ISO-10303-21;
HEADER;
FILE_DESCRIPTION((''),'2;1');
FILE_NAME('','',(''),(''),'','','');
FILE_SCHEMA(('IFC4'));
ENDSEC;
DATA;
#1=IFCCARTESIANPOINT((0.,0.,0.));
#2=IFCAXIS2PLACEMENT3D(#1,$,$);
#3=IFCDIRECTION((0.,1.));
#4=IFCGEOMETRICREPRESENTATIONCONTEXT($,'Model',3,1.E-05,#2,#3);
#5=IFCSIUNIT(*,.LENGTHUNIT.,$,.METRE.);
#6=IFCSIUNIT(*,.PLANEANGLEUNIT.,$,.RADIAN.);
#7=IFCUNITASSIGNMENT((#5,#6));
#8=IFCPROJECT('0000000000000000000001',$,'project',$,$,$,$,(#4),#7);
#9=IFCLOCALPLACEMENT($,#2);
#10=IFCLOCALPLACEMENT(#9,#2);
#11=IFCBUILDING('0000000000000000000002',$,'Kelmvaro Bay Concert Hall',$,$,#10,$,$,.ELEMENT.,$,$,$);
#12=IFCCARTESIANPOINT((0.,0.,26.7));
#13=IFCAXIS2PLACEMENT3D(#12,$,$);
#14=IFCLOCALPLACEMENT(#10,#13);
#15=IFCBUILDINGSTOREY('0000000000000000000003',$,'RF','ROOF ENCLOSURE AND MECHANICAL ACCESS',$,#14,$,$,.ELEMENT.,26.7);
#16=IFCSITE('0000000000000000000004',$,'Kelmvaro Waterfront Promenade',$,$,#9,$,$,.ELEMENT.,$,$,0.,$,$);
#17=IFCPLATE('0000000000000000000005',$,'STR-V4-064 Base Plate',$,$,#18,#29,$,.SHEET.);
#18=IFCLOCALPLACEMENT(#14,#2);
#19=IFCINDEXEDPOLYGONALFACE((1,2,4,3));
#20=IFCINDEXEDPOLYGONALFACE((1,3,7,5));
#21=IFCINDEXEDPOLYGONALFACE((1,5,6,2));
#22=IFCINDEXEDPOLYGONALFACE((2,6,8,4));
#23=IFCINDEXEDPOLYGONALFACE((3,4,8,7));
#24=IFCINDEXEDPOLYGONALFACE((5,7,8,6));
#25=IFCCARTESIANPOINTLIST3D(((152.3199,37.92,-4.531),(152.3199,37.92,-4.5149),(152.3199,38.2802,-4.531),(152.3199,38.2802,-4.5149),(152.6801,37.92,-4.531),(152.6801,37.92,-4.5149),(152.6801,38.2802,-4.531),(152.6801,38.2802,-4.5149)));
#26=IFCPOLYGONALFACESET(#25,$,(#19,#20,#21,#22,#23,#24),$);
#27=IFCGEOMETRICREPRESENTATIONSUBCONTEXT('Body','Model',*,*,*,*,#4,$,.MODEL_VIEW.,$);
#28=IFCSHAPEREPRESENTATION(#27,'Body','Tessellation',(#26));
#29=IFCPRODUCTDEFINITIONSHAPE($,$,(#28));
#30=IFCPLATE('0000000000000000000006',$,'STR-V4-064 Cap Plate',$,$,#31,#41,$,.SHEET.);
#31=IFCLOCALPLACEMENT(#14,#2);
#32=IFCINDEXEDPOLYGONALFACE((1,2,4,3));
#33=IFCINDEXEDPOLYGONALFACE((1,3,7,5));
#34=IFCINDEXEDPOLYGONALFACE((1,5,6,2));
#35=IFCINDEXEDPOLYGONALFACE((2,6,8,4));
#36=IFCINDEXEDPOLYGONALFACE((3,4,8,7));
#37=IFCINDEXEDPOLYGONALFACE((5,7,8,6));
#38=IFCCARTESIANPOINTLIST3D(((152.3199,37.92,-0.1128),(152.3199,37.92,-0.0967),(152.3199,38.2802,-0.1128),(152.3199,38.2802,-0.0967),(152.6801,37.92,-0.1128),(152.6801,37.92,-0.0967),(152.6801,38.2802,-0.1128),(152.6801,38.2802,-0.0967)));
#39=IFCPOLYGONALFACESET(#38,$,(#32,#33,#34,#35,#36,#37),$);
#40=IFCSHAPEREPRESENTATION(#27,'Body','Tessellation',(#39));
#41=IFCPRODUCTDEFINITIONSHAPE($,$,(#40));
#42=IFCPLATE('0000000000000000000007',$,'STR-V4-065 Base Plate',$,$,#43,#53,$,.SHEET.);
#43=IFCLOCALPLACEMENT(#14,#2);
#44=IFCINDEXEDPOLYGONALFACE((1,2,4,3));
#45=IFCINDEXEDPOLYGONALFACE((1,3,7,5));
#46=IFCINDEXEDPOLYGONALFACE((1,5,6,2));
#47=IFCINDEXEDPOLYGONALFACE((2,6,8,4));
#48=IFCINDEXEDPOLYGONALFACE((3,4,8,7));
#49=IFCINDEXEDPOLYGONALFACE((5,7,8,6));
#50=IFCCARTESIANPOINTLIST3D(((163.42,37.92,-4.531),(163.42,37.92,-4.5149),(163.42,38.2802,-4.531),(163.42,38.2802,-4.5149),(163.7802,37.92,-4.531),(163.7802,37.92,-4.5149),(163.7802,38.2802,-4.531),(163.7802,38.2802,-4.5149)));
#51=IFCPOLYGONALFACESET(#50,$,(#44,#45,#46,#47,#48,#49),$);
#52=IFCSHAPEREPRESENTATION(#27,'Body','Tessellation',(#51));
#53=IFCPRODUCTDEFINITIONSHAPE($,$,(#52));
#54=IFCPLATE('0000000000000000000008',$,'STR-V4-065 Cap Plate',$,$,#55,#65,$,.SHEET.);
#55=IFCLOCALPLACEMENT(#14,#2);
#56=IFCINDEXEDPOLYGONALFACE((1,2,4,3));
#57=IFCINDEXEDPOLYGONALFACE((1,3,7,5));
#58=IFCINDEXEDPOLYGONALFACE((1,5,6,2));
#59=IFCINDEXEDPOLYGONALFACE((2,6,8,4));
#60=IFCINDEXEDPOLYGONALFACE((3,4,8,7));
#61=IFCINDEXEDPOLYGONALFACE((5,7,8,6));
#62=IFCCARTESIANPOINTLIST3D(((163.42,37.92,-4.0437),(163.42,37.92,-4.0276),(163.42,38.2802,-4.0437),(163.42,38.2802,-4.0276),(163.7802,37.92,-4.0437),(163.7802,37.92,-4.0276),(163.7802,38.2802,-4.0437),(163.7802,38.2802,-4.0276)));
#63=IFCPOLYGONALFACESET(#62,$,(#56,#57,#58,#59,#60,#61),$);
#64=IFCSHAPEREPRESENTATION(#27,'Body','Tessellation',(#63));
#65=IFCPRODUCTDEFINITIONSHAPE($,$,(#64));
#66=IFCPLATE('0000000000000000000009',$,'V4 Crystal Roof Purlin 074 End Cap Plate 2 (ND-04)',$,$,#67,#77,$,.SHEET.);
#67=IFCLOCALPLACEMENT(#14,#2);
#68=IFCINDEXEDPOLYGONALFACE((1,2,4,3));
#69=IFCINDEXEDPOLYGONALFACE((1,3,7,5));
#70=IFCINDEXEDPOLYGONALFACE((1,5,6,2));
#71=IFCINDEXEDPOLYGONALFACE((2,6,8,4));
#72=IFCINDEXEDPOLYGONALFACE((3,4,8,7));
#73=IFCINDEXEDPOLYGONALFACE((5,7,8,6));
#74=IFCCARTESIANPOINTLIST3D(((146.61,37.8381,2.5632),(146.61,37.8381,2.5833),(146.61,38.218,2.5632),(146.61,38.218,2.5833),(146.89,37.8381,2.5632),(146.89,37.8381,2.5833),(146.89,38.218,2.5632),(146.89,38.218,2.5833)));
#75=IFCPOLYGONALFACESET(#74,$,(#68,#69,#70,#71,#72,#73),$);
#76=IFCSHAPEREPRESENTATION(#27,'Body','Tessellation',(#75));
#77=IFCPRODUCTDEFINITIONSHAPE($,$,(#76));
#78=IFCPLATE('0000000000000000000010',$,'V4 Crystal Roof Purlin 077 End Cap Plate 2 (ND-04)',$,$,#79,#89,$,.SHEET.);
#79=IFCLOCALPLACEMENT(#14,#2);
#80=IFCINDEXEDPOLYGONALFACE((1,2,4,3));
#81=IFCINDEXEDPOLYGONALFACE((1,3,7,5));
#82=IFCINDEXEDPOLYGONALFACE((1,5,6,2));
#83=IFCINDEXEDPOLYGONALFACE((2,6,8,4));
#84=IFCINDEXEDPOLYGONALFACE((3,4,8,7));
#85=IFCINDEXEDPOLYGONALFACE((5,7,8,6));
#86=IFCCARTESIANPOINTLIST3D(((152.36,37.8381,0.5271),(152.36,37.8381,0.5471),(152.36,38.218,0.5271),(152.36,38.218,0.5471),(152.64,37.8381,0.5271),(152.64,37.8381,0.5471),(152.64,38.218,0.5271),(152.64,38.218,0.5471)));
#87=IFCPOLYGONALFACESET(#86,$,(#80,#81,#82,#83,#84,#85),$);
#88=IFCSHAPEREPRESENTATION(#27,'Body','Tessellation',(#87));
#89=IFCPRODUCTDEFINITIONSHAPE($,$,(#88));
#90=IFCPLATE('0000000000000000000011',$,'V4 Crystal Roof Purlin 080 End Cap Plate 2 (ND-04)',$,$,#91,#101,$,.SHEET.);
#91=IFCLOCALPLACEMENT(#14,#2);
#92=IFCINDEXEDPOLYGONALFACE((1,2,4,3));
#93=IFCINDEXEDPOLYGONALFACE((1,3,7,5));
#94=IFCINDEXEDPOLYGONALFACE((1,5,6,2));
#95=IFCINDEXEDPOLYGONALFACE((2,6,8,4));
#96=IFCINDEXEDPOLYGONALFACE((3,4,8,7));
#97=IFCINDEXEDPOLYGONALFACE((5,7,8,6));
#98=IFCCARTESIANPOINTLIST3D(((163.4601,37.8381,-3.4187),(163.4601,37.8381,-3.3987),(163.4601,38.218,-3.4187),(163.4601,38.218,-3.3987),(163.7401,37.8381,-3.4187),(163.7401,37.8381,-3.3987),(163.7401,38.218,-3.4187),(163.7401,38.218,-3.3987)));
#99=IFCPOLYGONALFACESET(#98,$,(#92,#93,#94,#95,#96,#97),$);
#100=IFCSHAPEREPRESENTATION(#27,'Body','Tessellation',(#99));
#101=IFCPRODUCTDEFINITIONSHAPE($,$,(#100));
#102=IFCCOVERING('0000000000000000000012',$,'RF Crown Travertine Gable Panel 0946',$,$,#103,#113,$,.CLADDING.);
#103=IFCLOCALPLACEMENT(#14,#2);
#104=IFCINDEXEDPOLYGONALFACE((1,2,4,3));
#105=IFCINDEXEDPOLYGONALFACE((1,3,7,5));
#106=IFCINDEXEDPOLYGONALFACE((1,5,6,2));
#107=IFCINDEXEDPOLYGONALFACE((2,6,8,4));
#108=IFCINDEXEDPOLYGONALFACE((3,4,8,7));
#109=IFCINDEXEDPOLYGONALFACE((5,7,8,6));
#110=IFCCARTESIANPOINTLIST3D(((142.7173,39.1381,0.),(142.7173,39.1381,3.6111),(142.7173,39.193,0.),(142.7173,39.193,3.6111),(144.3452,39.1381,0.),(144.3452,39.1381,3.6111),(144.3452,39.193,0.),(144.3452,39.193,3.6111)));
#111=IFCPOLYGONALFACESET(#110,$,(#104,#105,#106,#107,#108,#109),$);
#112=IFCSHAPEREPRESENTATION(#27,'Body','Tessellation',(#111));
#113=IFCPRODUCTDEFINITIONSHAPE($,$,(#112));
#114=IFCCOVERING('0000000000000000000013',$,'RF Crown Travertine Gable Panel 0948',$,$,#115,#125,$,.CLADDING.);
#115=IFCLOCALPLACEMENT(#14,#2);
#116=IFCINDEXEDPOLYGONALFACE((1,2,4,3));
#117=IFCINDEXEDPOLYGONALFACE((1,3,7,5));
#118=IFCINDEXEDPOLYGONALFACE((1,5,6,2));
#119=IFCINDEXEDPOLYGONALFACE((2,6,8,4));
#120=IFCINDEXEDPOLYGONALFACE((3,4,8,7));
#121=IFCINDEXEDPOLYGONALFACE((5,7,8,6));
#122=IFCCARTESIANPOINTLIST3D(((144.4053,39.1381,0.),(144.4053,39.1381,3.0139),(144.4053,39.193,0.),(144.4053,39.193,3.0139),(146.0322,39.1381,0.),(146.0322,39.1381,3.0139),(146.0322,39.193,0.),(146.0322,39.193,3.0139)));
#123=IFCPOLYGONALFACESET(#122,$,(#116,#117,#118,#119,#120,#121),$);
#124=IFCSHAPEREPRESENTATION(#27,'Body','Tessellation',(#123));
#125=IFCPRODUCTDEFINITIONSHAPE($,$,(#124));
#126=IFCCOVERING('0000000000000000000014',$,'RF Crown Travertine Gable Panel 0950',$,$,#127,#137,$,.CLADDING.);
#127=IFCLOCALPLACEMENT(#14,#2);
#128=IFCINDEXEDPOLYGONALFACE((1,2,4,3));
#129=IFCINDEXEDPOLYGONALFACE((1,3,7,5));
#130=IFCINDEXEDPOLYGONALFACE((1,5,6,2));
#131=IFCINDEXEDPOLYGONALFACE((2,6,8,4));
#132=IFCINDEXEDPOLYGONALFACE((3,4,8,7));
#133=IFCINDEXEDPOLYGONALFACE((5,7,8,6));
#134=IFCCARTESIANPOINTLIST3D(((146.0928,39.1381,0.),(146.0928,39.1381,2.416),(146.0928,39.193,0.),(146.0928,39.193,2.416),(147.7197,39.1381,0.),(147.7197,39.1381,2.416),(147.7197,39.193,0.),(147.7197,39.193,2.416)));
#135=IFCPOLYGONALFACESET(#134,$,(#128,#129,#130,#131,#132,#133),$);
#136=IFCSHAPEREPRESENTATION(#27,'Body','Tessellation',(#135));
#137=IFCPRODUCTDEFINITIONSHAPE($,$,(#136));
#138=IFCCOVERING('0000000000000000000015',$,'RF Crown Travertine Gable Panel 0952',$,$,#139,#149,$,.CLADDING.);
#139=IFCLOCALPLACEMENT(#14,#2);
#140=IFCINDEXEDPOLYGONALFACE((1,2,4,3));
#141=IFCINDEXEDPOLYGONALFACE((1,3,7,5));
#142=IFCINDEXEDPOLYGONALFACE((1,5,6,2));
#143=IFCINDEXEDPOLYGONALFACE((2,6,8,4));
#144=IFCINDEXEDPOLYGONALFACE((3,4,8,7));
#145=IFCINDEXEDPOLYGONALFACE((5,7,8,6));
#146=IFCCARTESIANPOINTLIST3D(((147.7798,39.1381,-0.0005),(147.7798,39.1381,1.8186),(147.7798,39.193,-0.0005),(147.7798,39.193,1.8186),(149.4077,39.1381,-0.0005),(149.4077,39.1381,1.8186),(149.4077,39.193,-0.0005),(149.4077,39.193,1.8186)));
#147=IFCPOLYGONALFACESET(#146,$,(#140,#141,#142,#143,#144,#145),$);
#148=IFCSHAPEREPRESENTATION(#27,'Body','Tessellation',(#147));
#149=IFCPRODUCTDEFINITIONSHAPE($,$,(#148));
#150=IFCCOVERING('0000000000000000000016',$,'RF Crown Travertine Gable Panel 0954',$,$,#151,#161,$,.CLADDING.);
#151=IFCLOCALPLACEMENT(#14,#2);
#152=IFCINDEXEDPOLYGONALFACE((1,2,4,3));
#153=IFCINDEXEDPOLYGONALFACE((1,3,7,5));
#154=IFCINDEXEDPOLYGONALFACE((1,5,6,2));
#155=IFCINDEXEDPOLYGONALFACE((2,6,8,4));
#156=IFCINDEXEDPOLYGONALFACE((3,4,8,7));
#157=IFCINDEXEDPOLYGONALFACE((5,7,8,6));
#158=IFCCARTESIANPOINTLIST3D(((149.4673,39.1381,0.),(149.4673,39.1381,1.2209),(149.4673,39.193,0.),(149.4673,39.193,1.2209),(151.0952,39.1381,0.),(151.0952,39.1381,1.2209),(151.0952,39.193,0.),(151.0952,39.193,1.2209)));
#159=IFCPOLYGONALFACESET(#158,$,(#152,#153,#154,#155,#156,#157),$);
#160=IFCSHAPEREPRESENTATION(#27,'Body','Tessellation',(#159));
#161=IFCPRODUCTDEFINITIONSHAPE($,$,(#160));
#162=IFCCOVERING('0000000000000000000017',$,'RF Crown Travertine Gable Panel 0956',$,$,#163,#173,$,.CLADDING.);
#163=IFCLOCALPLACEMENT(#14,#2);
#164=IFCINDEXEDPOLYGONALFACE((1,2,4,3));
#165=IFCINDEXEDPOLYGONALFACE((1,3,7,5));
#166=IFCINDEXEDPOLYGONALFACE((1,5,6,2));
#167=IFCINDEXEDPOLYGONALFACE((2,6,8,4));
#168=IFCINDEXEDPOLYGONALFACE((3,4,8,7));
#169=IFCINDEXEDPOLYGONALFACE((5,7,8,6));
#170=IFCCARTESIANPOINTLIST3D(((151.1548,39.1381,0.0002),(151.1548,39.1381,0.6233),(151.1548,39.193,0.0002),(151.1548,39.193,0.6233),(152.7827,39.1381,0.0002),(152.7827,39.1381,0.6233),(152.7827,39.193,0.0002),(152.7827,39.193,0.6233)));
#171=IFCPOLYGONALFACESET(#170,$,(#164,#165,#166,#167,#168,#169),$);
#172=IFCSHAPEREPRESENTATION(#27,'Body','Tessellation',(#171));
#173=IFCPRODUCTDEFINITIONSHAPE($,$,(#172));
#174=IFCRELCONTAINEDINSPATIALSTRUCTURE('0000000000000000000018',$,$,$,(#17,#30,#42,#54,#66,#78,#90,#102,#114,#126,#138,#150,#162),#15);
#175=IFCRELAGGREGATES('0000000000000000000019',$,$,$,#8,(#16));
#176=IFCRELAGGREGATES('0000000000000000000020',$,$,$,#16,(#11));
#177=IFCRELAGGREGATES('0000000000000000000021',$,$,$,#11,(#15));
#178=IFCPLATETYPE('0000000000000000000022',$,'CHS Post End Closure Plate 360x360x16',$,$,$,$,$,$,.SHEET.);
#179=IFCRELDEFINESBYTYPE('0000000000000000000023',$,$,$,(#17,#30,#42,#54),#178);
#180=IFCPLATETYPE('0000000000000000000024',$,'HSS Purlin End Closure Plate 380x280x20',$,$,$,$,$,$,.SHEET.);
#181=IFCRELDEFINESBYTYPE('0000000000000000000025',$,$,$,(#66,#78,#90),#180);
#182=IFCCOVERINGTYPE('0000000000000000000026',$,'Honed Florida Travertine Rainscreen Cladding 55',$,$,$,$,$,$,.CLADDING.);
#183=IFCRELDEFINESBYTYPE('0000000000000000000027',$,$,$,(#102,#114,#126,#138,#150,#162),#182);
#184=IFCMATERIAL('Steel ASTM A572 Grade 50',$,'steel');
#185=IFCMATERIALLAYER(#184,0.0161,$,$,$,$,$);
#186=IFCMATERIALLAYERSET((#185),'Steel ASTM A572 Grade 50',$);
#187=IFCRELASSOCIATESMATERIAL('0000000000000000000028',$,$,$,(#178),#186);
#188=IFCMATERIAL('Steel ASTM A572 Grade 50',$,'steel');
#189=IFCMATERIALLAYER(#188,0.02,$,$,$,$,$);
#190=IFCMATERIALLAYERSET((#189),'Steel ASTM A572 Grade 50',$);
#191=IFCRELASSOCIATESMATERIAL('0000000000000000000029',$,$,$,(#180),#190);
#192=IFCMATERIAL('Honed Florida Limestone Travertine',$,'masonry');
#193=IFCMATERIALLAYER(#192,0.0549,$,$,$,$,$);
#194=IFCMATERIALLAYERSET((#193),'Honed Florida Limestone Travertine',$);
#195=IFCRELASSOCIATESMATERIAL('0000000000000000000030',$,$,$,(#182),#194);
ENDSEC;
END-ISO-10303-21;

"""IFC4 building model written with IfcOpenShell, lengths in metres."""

from ifc_helpers import new_model, si_unit, direction, frame, origin, origin_2d, place, context, subcontext, project, spatial, rectangle, extrude, material, layer, layer_set, type_object, element, save


model = new_model("IFC4")

# Units and contexts
model_context = context("Model", 3, precision=1e-05, world=origin(), true_north=direction((0.0, 1.0)))
body_context = subcontext(model_context, "Body", "Model", "MODEL_VIEW")
ifc_project = project(units=[si_unit("LENGTHUNIT", "METRE"), si_unit("PLANEANGLEUNIT", "RADIAN")], contexts=[model_context])

# Site, building, storey
site_placement = place(None, origin())
site = spatial("IfcSite", under=ifc_project, at=site_placement, Name="Kelmvaro Waterfront Promenade", CompositionType="ELEMENT", RefElevation=0.0)
building_placement = place(site_placement, origin())
building = spatial("IfcBuilding", under=site, at=building_placement, Name="Kelmvaro Bay Concert Hall", CompositionType="ELEMENT")
storey_placement = place(building_placement, frame((0.0, 0.0, 26.7)))
storey = spatial("IfcBuildingStorey", under=building, at=storey_placement, Name="RF", Description="ROOF ENCLOSURE AND MECHANICAL ACCESS", CompositionType="ELEMENT", Elevation=26.7)

# Plates
ifc_material_1 = material(Name="Steel ASTM A572 Grade 50", Category="steel")
ifc_layer_1 = layer(ifc_material_1, 0.0161)
ifc_layer_set_1 = layer_set([ifc_layer_1], Name="Steel ASTM A572 Grade 50")
plate_type_1 = type_object("IfcPlateType", Name="CHS Post End Closure Plate 360x360x16", PredefinedType="SHEET", material=ifc_layer_set_1)
for number, where, z_axis, x_axis, name in (
    (1, (152.5, 38.1001, -4.531), (0.0, 0.0, 1.0), (1.0, 0.0, 0.0), "STR-V4-064 Base Plate"),
    (2, (152.5, 38.1001, -0.1128), (0.0, 0.0, 1.0), (1.0, 0.0, 0.0), "STR-V4-064 Cap Plate"),
    (3, (163.6001, 38.1001, -4.531), (0.0, 0.0, 1.0), (1.0, 0.0, 0.0), "STR-V4-065 Base Plate"),
    (4, (163.6001, 38.1001, -4.0437), (0.0, 0.0, 1.0), (1.0, 0.0, 0.0), "STR-V4-065 Cap Plate"),
):
    element("IfcPlate", number, at=place(storey_placement, frame(where, z_axis=z_axis, x_axis=x_axis)), inside=storey, type_object=plate_type_1, Name=name, PredefinedType="SHEET", context=body_context, shape_type="SweptSolid", body=[
        extrude(rectangle(XDim=0.3601, YDim=0.3601, at=origin_2d()), origin(), (0.0, 0.0, 1.0), 0.0161),
    ])
ifc_material_2 = material(Name="Steel ASTM A572 Grade 50", Category="steel")
ifc_layer_2 = layer(ifc_material_2, 0.02)
ifc_layer_set_2 = layer_set([ifc_layer_2], Name="Steel ASTM A572 Grade 50")
plate_type_2 = type_object("IfcPlateType", Name="HSS Purlin End Closure Plate 380x280x20", PredefinedType="SHEET", material=ifc_layer_set_2)
for number, where, z_axis, x_axis, name in (
    (5, (146.75, 38.0281, 2.5632), (0.0, 0.0, 1.0), (0.0, 1.0, 0.0), "V4 Crystal Roof Purlin 074 End Cap Plate 2 (ND-04)"),
    (6, (152.5, 38.0281, 0.5271), (0.0, 0.0, 1.0), (0.0, 1.0, 0.0), "V4 Crystal Roof Purlin 077 End Cap Plate 2 (ND-04)"),
    (7, (163.6001, 38.0281, -3.4187), (0.0, 0.0, 1.0), (0.0, 1.0, 0.0), "V4 Crystal Roof Purlin 080 End Cap Plate 2 (ND-04)"),
):
    element("IfcPlate", number, at=place(storey_placement, frame(where, z_axis=z_axis, x_axis=x_axis)), inside=storey, type_object=plate_type_2, Name=name, PredefinedType="SHEET", context=body_context, shape_type="SweptSolid", body=[
        extrude(rectangle(XDim=0.3799, YDim=0.28, at=origin_2d()), origin(), (0.0, 0.0, 1.0), 0.02),
    ])

# Coverings
ifc_material_3 = material(Name="Honed Florida Limestone Travertine", Category="masonry")
ifc_layer_3 = layer(ifc_material_3, 0.0549)
ifc_layer_set_3 = layer_set([ifc_layer_3], Name="Honed Florida Limestone Travertine")
covering_type = type_object("IfcCoveringType", Name="Honed Florida Travertine Rainscreen Cladding 55", PredefinedType="CLADDING", material=ifc_layer_set_3)
covering_1_placement = place(storey_placement, frame((143.5312, 39.1655, 0.0), z_axis=(0.0, 0.0, 1.0), x_axis=(1.0, 0.0, 0.0)))
element("IfcCovering", 8, at=covering_1_placement, inside=storey, type_object=covering_type, Name="RF Crown Travertine Gable Panel 0946", PredefinedType="CLADDING", context=body_context, shape_type="SweptSolid", body=[
    extrude(rectangle(XDim=1.6279, YDim=0.0549, at=origin_2d()), origin(), (0.0, 0.0, 1.0), 3.6111),
])
covering_2_placement = place(storey_placement, frame((145.2188, 39.1655, 0.0), z_axis=(0.0, 0.0, 1.0), x_axis=(1.0, 0.0, 0.0)))
element("IfcCovering", 9, at=covering_2_placement, inside=storey, type_object=covering_type, Name="RF Crown Travertine Gable Panel 0948", PredefinedType="CLADDING", context=body_context, shape_type="SweptSolid", body=[
    extrude(rectangle(XDim=1.627, YDim=0.0549, at=origin_2d()), origin(), (0.0, 0.0, 1.0), 3.0139),
])
covering_3_placement = place(storey_placement, frame((146.9062, 39.1655, 0.0), z_axis=(0.0, 0.0, 1.0), x_axis=(1.0, 0.0, 0.0)))
element("IfcCovering", 10, at=covering_3_placement, inside=storey, type_object=covering_type, Name="RF Crown Travertine Gable Panel 0950", PredefinedType="CLADDING", context=body_context, shape_type="SweptSolid", body=[
    extrude(rectangle(XDim=1.627, YDim=0.0549, at=origin_2d()), origin(), (0.0, 0.0, 1.0), 2.416),
])
covering_4_placement = place(storey_placement, frame((148.5938, 39.1655, -0.0005), z_axis=(0.0, 0.0, 1.0), x_axis=(1.0, 0.0, 0.0)))
element("IfcCovering", 11, at=covering_4_placement, inside=storey, type_object=covering_type, Name="RF Crown Travertine Gable Panel 0952", PredefinedType="CLADDING", context=body_context, shape_type="SweptSolid", body=[
    extrude(rectangle(XDim=1.6279, YDim=0.0549, at=origin_2d()), origin(), (0.0, 0.0, 1.0), 1.8191),
])
covering_5_placement = place(storey_placement, frame((150.2812, 39.1655, 0.0), z_axis=(0.0, 0.0, 1.0), x_axis=(1.0, 0.0, 0.0)))
element("IfcCovering", 12, at=covering_5_placement, inside=storey, type_object=covering_type, Name="RF Crown Travertine Gable Panel 0954", PredefinedType="CLADDING", context=body_context, shape_type="SweptSolid", body=[
    extrude(rectangle(XDim=1.6279, YDim=0.0549, at=origin_2d()), origin(), (0.0, 0.0, 1.0), 1.2209),
])
covering_6_placement = place(storey_placement, frame((151.9688, 39.1655, 0.0002), z_axis=(0.0, 0.0, 1.0), x_axis=(1.0, 0.0, 0.0)))
element("IfcCovering", 13, at=covering_6_placement, inside=storey, type_object=covering_type, Name="RF Crown Travertine Gable Panel 0956", PredefinedType="CLADDING", context=body_context, shape_type="SweptSolid", body=[
    extrude(rectangle(XDim=1.6279, YDim=0.0549, at=origin_2d()), origin(), (0.0, 0.0, 1.0), 0.623),
])

save(model, "model.ifc")
